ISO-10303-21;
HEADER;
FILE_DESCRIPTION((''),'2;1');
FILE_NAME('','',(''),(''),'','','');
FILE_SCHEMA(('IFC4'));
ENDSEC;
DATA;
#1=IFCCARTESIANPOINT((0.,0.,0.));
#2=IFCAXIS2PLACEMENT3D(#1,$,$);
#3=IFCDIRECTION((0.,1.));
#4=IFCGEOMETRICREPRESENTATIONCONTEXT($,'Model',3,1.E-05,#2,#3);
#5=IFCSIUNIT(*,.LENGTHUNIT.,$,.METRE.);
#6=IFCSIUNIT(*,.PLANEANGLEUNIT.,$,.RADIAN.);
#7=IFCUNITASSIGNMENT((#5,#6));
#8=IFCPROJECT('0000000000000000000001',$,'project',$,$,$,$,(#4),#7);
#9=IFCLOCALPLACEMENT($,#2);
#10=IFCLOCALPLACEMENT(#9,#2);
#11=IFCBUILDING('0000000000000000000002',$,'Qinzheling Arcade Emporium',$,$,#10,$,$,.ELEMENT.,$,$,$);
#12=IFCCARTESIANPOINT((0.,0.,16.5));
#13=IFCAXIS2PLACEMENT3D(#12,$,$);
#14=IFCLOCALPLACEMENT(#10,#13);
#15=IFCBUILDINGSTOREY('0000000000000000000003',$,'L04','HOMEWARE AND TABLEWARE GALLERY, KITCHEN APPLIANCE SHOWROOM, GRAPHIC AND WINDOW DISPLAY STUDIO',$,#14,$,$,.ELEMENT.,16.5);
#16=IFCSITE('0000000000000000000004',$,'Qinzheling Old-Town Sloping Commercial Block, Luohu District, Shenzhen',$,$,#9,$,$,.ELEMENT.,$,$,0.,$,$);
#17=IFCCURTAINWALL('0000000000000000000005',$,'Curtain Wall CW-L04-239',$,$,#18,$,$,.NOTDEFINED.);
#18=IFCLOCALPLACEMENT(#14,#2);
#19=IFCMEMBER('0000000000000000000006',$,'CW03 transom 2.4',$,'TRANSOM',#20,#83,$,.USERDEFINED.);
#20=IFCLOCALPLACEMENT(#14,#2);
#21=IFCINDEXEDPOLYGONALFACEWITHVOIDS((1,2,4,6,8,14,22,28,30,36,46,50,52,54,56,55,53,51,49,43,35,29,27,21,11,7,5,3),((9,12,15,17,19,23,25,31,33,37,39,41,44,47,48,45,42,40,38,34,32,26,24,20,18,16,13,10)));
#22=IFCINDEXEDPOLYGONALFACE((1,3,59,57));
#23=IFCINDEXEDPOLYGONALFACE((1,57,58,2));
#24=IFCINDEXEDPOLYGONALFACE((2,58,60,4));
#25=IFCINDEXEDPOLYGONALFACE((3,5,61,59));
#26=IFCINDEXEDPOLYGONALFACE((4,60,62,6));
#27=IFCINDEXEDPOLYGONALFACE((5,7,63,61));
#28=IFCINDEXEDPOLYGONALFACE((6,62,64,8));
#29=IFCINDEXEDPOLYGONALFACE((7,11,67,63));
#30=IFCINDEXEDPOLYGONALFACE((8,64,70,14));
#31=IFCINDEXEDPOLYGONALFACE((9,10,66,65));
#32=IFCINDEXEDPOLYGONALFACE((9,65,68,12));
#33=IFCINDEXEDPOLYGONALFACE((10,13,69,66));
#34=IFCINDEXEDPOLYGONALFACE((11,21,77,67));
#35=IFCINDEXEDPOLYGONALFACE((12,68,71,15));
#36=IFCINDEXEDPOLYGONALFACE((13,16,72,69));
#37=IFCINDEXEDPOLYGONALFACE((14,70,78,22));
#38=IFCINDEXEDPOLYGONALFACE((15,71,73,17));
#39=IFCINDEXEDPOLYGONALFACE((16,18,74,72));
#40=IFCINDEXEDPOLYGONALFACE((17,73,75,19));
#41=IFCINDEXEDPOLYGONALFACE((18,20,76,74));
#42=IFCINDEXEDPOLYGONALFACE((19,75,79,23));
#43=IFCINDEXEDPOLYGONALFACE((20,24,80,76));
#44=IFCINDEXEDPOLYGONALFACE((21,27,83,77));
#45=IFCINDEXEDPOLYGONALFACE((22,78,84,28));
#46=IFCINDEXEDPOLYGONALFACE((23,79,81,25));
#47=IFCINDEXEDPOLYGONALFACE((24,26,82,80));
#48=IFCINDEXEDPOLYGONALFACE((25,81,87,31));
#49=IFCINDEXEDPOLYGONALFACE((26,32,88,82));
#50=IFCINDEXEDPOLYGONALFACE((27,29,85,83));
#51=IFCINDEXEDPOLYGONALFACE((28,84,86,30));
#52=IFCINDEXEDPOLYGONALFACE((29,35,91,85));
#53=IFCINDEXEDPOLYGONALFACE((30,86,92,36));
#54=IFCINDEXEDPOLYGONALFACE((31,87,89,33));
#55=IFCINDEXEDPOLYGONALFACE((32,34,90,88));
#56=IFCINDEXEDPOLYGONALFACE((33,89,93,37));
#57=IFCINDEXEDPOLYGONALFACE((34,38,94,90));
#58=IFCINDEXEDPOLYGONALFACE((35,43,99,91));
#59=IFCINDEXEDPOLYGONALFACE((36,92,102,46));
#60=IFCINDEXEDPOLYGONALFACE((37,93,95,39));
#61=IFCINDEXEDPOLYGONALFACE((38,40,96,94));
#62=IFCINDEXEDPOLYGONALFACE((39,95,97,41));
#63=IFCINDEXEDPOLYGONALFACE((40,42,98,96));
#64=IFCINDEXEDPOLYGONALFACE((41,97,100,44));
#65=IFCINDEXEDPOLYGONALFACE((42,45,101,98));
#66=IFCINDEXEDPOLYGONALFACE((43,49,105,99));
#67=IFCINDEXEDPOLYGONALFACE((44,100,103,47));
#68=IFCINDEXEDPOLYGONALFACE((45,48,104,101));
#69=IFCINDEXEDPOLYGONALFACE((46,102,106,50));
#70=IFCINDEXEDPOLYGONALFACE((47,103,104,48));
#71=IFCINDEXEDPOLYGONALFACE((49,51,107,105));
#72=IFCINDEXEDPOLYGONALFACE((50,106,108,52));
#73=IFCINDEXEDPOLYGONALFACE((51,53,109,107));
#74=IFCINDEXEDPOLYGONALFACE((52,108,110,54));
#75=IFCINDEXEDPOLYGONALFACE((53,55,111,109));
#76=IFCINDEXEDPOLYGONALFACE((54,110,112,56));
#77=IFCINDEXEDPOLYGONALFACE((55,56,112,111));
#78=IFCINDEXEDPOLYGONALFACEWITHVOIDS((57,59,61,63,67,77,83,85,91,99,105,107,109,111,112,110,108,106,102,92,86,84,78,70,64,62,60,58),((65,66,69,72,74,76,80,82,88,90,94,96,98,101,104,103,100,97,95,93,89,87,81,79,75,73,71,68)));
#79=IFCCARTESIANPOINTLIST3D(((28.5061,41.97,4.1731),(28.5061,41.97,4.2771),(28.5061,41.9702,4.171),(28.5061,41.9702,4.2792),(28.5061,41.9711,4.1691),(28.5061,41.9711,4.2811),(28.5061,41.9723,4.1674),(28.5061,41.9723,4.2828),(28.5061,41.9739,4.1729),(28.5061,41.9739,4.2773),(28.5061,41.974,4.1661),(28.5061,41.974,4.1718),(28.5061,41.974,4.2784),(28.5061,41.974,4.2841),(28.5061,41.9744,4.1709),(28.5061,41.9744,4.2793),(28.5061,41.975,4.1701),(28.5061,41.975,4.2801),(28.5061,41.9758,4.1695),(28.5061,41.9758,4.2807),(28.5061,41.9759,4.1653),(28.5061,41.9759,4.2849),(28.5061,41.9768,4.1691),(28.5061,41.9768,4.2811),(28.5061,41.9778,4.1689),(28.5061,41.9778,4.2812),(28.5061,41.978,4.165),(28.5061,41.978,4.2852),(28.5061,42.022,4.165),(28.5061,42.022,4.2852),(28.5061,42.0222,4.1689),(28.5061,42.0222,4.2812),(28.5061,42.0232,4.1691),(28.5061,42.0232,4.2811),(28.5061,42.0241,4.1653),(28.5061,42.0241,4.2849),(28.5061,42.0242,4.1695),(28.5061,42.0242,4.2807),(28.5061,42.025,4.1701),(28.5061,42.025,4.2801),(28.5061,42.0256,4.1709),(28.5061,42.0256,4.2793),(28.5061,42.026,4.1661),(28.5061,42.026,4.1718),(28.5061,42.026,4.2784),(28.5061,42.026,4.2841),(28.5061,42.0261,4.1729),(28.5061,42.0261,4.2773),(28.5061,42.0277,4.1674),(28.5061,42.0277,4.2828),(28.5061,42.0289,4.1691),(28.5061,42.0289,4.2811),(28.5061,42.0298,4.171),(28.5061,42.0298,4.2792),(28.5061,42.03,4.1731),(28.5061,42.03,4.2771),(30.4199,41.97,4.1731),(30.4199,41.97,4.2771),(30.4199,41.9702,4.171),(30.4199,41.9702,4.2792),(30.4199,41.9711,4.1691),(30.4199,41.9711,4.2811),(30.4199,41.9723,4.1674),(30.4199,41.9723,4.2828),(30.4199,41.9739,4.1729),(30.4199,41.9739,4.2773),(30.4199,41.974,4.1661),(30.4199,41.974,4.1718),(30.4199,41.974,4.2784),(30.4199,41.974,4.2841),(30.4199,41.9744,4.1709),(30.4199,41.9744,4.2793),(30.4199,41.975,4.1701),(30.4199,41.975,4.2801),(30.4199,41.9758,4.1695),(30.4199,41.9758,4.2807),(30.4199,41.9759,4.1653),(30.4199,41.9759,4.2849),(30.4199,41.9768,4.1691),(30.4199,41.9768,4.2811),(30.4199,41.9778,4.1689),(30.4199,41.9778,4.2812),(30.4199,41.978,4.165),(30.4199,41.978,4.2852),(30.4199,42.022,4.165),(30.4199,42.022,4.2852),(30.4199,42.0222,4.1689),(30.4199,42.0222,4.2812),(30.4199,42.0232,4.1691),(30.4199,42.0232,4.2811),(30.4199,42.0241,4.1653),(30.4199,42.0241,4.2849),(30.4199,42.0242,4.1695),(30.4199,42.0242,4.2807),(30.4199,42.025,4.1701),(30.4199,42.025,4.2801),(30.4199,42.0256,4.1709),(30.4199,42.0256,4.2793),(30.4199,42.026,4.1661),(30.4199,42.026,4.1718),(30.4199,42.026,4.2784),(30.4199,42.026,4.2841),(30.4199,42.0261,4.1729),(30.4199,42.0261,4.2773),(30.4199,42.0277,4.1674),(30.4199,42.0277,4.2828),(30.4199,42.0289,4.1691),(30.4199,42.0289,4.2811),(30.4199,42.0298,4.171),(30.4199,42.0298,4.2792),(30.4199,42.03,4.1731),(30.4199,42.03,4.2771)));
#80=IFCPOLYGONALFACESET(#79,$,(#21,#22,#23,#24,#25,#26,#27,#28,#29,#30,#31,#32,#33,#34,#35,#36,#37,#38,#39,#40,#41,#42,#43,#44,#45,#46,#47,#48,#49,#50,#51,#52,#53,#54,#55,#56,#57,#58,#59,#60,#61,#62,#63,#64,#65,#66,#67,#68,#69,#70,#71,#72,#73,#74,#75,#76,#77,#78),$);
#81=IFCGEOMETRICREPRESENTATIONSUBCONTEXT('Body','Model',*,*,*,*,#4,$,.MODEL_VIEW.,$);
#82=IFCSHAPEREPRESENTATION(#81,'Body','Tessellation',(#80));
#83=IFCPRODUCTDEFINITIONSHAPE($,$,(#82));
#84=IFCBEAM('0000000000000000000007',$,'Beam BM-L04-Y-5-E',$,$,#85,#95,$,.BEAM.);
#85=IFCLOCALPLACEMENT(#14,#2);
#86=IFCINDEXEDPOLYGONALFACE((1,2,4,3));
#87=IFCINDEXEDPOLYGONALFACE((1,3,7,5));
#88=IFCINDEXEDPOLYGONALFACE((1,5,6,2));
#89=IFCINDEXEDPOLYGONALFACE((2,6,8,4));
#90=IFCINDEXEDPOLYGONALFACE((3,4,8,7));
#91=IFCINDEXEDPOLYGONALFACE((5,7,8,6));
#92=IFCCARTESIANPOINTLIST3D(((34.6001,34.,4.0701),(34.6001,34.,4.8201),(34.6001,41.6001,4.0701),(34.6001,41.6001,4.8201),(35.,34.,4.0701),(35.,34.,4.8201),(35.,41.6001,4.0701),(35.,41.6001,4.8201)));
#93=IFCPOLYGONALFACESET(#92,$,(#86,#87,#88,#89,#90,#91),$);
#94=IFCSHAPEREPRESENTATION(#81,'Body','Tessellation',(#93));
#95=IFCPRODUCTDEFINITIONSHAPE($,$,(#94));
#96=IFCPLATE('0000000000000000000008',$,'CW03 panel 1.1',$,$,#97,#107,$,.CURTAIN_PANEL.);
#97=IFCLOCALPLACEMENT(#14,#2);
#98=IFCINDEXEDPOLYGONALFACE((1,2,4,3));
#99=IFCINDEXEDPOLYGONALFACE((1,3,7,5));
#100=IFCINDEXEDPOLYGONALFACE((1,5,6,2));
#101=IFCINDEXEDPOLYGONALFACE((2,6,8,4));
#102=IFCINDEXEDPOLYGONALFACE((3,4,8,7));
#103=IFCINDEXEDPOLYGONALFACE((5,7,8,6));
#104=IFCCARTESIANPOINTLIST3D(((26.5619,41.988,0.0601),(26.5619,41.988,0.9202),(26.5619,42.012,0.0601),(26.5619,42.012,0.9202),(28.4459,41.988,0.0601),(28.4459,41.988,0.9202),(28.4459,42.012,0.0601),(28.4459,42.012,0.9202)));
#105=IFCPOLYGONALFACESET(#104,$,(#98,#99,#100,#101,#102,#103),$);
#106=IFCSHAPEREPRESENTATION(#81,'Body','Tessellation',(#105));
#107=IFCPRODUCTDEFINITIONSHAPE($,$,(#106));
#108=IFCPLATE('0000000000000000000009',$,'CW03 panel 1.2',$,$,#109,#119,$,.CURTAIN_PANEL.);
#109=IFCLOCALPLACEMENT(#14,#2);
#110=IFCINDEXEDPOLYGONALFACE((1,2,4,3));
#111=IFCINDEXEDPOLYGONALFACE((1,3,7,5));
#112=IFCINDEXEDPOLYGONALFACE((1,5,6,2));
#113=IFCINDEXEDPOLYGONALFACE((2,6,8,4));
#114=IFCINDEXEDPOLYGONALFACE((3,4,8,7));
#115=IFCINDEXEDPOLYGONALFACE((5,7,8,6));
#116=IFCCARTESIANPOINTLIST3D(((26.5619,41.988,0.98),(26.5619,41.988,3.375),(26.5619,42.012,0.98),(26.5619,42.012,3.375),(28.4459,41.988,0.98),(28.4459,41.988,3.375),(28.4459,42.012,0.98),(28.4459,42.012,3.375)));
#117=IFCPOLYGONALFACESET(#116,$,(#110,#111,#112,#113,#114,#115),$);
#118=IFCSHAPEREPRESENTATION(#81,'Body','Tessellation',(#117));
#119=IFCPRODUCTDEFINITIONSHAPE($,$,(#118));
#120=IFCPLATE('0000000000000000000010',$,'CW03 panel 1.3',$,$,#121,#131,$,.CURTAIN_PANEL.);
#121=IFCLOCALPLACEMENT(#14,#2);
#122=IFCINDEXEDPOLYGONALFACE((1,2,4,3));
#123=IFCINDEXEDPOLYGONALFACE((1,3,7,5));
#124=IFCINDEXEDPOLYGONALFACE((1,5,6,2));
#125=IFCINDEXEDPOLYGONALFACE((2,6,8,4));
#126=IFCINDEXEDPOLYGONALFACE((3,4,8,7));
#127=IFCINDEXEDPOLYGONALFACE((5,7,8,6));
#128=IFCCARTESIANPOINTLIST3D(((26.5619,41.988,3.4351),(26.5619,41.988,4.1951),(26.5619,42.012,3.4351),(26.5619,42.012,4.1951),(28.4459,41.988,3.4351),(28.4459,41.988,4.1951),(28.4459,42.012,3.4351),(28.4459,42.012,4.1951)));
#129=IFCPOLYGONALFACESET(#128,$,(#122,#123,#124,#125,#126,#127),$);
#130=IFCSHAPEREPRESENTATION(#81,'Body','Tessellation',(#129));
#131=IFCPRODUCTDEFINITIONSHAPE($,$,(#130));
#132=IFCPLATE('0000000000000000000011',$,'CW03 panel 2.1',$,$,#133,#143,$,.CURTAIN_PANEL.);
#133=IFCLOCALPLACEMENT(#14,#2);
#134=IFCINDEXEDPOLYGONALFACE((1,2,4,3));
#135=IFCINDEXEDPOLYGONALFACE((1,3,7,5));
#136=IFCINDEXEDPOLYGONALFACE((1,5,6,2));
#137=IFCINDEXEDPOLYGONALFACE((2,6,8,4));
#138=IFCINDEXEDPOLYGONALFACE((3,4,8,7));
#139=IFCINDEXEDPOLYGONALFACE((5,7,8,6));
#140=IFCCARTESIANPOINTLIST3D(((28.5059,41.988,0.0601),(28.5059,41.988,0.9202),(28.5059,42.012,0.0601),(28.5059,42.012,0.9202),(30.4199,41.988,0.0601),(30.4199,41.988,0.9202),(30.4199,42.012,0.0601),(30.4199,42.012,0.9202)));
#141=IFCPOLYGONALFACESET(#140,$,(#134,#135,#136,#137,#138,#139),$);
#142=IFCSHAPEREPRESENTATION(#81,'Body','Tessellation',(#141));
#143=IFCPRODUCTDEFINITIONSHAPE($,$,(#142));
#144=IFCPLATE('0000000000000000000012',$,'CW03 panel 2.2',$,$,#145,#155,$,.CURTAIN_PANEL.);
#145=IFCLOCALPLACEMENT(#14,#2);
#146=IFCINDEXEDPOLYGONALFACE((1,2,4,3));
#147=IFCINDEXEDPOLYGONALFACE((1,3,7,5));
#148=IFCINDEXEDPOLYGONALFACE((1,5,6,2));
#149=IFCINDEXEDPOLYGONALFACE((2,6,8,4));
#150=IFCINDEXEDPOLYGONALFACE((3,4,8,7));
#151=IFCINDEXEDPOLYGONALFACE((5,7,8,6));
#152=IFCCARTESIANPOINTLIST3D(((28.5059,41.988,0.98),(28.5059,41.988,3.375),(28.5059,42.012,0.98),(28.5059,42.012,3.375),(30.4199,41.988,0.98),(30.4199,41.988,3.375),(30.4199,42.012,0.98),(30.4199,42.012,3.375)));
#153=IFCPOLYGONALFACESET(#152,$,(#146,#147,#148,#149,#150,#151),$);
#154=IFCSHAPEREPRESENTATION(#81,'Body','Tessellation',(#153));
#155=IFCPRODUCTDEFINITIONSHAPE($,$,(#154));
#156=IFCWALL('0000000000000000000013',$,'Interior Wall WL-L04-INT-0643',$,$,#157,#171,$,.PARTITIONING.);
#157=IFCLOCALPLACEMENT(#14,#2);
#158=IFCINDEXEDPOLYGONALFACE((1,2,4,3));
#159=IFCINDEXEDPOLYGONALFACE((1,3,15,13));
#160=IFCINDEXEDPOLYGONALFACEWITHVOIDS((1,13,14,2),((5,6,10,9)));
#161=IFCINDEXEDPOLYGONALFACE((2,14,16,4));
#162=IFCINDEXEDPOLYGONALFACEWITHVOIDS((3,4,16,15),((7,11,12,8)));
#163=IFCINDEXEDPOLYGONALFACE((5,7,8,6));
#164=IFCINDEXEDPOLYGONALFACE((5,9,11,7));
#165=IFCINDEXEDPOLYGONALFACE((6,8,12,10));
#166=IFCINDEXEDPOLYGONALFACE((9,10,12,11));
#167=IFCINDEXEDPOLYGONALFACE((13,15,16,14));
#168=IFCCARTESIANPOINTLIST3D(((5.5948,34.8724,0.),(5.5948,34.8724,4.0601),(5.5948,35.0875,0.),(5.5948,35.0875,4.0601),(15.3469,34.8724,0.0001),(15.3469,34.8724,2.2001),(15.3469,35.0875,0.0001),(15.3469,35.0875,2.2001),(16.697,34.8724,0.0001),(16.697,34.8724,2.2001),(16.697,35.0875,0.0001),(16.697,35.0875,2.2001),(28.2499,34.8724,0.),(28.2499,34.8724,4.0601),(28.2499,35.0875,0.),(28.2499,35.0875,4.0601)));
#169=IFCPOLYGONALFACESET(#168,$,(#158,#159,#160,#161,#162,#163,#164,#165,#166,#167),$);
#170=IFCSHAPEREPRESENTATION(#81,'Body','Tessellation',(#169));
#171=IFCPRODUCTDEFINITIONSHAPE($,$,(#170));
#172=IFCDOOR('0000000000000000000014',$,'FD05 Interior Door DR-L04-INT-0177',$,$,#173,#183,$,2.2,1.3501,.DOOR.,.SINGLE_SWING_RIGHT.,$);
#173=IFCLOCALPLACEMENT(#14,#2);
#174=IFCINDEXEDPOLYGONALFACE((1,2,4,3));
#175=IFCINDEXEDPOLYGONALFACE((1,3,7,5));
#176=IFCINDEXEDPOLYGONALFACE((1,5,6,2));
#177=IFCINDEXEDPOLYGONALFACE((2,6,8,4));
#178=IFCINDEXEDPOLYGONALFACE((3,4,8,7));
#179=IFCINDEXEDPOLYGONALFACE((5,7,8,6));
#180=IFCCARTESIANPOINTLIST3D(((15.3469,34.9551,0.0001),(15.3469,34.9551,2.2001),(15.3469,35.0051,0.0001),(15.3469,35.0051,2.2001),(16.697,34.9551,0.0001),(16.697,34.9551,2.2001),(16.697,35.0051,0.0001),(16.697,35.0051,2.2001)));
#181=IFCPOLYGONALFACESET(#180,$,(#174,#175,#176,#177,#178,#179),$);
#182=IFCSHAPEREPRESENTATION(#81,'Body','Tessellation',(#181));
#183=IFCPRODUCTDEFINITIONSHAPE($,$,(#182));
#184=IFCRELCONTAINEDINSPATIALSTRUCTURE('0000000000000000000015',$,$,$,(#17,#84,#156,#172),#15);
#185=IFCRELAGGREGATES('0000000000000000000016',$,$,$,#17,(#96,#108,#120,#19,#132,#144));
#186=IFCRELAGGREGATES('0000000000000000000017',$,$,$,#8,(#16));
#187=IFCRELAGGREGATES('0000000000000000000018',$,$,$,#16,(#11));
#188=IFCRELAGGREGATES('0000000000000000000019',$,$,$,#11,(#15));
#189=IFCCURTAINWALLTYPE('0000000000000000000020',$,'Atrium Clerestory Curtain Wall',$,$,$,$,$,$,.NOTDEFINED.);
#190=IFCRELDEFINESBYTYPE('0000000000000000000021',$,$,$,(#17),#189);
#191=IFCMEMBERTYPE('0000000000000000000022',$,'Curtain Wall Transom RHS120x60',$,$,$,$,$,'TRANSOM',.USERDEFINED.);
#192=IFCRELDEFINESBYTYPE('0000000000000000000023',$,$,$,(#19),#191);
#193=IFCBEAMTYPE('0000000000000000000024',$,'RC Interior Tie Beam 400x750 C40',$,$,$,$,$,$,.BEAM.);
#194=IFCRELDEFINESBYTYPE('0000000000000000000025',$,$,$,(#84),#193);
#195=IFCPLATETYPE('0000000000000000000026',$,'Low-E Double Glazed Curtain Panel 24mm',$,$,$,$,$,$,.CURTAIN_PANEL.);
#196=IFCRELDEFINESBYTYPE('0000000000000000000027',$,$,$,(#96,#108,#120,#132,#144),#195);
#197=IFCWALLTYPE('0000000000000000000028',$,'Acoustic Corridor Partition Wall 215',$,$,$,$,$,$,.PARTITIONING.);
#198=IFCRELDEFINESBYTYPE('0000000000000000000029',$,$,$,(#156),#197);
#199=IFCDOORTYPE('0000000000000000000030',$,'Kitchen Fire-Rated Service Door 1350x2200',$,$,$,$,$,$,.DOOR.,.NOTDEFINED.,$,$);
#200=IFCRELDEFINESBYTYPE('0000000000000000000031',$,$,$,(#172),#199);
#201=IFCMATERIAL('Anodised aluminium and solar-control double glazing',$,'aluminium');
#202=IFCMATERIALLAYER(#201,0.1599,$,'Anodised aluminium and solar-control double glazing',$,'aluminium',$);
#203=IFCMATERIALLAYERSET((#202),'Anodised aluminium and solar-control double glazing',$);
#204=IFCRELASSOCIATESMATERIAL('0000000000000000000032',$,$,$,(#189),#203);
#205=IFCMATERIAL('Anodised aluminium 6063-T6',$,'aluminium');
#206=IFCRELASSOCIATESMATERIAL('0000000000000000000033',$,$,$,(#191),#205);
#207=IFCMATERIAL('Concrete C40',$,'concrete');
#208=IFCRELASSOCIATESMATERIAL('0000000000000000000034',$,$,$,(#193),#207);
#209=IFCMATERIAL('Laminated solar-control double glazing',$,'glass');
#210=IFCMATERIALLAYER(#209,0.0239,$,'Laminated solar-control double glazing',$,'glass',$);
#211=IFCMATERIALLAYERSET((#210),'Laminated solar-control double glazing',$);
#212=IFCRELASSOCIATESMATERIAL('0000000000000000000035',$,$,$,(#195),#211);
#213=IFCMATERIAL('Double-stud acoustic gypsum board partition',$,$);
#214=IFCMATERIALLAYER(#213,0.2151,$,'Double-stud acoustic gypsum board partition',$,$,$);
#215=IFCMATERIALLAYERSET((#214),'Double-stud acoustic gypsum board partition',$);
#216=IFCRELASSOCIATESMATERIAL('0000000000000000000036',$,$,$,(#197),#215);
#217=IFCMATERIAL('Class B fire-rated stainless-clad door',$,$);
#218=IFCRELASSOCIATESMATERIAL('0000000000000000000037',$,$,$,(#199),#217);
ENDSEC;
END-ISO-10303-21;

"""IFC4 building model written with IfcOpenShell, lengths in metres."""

from ifc_helpers import new_model, si_unit, direction, frame, frame_2d, origin, origin_2d, place, context, subcontext, project, spatial, rectangle, hollow_rectangle, extrude, material, layer, layer_set, material_profile, profile_set, type_object, element, fill, aggregate, save


model = new_model("IFC4")

# Units and contexts
model_context = context("Model", 3, precision=1e-05, world=origin(), true_north=direction((0.0, 1.0)))
body_context = subcontext(model_context, "Body", "Model", "MODEL_VIEW")
ifc_project = project(units=[si_unit("LENGTHUNIT", "METRE"), si_unit("PLANEANGLEUNIT", "RADIAN")], contexts=[model_context])

# Site, building, storey
site_placement = place(None, origin())
site = spatial("IfcSite", under=ifc_project, at=site_placement, Name="Qinzheling Old-Town Sloping Commercial Block, Luohu District, Shenzhen", CompositionType="ELEMENT", RefElevation=0.0)
building_placement = place(site_placement, origin())
building = spatial("IfcBuilding", under=site, at=building_placement, Name="Qinzheling Arcade Emporium", CompositionType="ELEMENT")
storey_placement = place(building_placement, frame((0.0, 0.0, 16.5)))
storey = spatial("IfcBuildingStorey", under=building, at=storey_placement, Name="L04", Description="HOMEWARE AND TABLEWARE GALLERY, KITCHEN APPLIANCE SHOWROOM, GRAPHIC AND WINDOW DISPLAY STUDIO", CompositionType="ELEMENT", Elevation=16.5)

# Shared definitions
ifc_material_1 = material(Name="Concrete C40", Category="concrete")

# Curtain wall, member
ifc_material_2 = material(Name="Anodised aluminium and solar-control double glazing", Category="aluminium")
ifc_layer_1 = layer(ifc_material_2, 0.1599, Name="Anodised aluminium and solar-control double glazing", Category="aluminium")
ifc_layer_set_1 = layer_set([ifc_layer_1], Name="Anodised aluminium and solar-control double glazing")
curtain_wall_type = type_object("IfcCurtainWallType", Name="Atrium Clerestory Curtain Wall", PredefinedType="NOTDEFINED", material=ifc_layer_set_1)
curtain_wall_placement = place(storey_placement, origin())
curtain_wall = element("IfcCurtainWall", 1, at=curtain_wall_placement, inside=storey, type_object=curtain_wall_type, Name="Curtain Wall CW-L04-239", PredefinedType="NOTDEFINED")
ifc_material_3 = material(Name="Anodised aluminium 6063-T6", Category="aluminium")
ifc_material_profile_1 = material_profile(ifc_material_3, hollow_rectangle(XDim=0.0601, YDim=0.1201, WallThickness=0.0039, InnerFilletRadius=0.0039, OuterFilletRadius=0.0081, at=origin_2d()), Name="RHS 120x60x4", Category="aluminium")
ifc_profile_set_1 = profile_set([ifc_material_profile_1], Name="Anodised aluminium 6063-T6")
member_type_1 = type_object("IfcMemberType", Name="Curtain Wall Transom RHS120x60", ElementType="TRANSOM", PredefinedType="USERDEFINED", material=ifc_profile_set_1)
member_1_placement = place(storey_placement, frame((28.5061, 42.0, 4.2251), z_axis=(1.0, 0.0, 0.0), x_axis=(0.0, 1.0, 0.0)))
member_1 = element("IfcMember", 2, at=member_1_placement, type_object=member_type_1, Name="CW03 transom 2.4", ObjectType="TRANSOM", PredefinedType="USERDEFINED", context=body_context, shape_type="SweptSolid", body=[
    extrude(hollow_rectangle(XDim=0.0601, YDim=0.1201, WallThickness=0.0039, InnerFilletRadius=0.0039, OuterFilletRadius=0.0081, at=origin_2d()), origin(), (0.0, 0.0, 1.0), 1.9138),
])

# Beam
ifc_material_profile_2 = material_profile(ifc_material_1, rectangle(XDim=0.3999, YDim=0.75, at=origin_2d()), Name="RC 400x750", Category="concrete")
ifc_profile_set_2 = profile_set([ifc_material_profile_2], Name="Concrete C40")
beam_type = type_object("IfcBeamType", Name="RC Interior Tie Beam 400x750 C40", PredefinedType="BEAM", material=ifc_profile_set_2)
beam_placement = place(storey_placement, frame((34.8, 34.0, 4.4451), z_axis=(0.0, 1.0, 0.0), x_axis=(-1.0, 0.0, 0.0)))
element("IfcBeam", 3, at=beam_placement, inside=storey, type_object=beam_type, Name="Beam BM-L04-Y-5-E", PredefinedType="BEAM", context=body_context, shape_type="SweptSolid", body=[
    extrude(rectangle(XDim=0.3999, YDim=0.75, at=origin_2d()), origin(), (0.0, 0.0, 1.0), 7.6001),
])

# Plates
ifc_material_4 = material(Name="Laminated solar-control double glazing", Category="glass")
ifc_layer_2 = layer(ifc_material_4, 0.0239, Name="Laminated solar-control double glazing", Category="glass")
ifc_layer_set_2 = layer_set([ifc_layer_2], Name="Laminated solar-control double glazing")
plate_type = type_object("IfcPlateType", Name="Low-E Double Glazed Curtain Panel 24mm", PredefinedType="CURTAIN_PANEL", material=ifc_layer_set_2)
plate_1_placement = place(storey_placement, frame((27.5039, 42.0, 0.0601), z_axis=(0.0, 0.0, 1.0), x_axis=(1.0, 0.0, 0.0)))
plate_1 = element("IfcPlate", 4, at=plate_1_placement, type_object=plate_type, Name="CW03 panel 1.1", PredefinedType="CURTAIN_PANEL", context=body_context, shape_type="SweptSolid", body=[
    extrude(rectangle(XDim=1.884, YDim=0.0239, at=origin_2d()), origin(), (0.0, 0.0, 1.0), 0.8601),
])
plate_2_placement = place(storey_placement, frame((27.5039, 42.0, 0.98), z_axis=(0.0, 0.0, 1.0), x_axis=(1.0, 0.0, 0.0)))
plate_2 = element("IfcPlate", 5, at=plate_2_placement, type_object=plate_type, Name="CW03 panel 1.2", PredefinedType="CURTAIN_PANEL", context=body_context, shape_type="SweptSolid", body=[
    extrude(rectangle(XDim=1.884, YDim=0.0239, at=origin_2d()), origin(), (0.0, 0.0, 1.0), 2.395),
])
plate_3_placement = place(storey_placement, frame((27.5039, 42.0, 3.4351), z_axis=(0.0, 0.0, 1.0), x_axis=(1.0, 0.0, 0.0)))
plate_3 = element("IfcPlate", 6, at=plate_3_placement, type_object=plate_type, Name="CW03 panel 1.3", PredefinedType="CURTAIN_PANEL", context=body_context, shape_type="SweptSolid", body=[
    extrude(rectangle(XDim=1.884, YDim=0.0239, at=origin_2d()), origin(), (0.0, 0.0, 1.0), 0.76),
])
plate_4_placement = place(storey_placement, frame((29.4629, 42.0, 0.0601), z_axis=(0.0, 0.0, 1.0), x_axis=(1.0, 0.0, 0.0)))
plate_4 = element("IfcPlate", 7, at=plate_4_placement, type_object=plate_type, Name="CW03 panel 2.1", PredefinedType="CURTAIN_PANEL", context=body_context, shape_type="SweptSolid", body=[
    extrude(rectangle(XDim=1.9141, YDim=0.0239, at=origin_2d()), origin(), (0.0, 0.0, 1.0), 0.8601),
])
plate_5_placement = place(storey_placement, frame((29.4629, 42.0, 0.98), z_axis=(0.0, 0.0, 1.0), x_axis=(1.0, 0.0, 0.0)))
plate_5 = element("IfcPlate", 8, at=plate_5_placement, type_object=plate_type, Name="CW03 panel 2.2", PredefinedType="CURTAIN_PANEL", context=body_context, shape_type="SweptSolid", body=[
    extrude(rectangle(XDim=1.9141, YDim=0.0239, at=origin_2d()), origin(), (0.0, 0.0, 1.0), 2.395),
])
aggregate(curtain_wall, [plate_1, plate_2, plate_3, member_1, plate_4, plate_5])

# Wall, opening, door
ifc_material_5 = material(Name="Double-stud acoustic gypsum board partition")
ifc_layer_3 = layer(ifc_material_5, 0.2151, Name="Double-stud acoustic gypsum board partition")
ifc_layer_set_3 = layer_set([ifc_layer_3], Name="Double-stud acoustic gypsum board partition")
wall_type_1 = type_object("IfcWallType", Name="Acoustic Corridor Partition Wall 215", PredefinedType="PARTITIONING", material=ifc_layer_set_3)
wall_1_placement = place(storey_placement, frame((28.25, 34.98, 0.0), z_axis=(0.0, 0.0, 1.0), x_axis=(-1.0, 0.0, 0.0)))
wall_1 = element("IfcWall", 9, at=wall_1_placement, inside=storey, type_object=wall_type_1, Name="Interior Wall WL-L04-INT-0643", PredefinedType="PARTITIONING", context=body_context, shape_type="SweptSolid", body=[
    extrude(rectangle(XDim=22.655, YDim=0.2151, at=frame_2d((11.3276, 0.0))), origin(), (0.0, 0.0, 1.0), 4.0601),
])
opening_1_placement = place(wall_1_placement, frame((11.553, 0.0, 0.0)))
opening_1 = element("IfcOpeningElement", 10, at=opening_1_placement, cuts=wall_1, PredefinedType="OPENING", context=body_context, shape_type="SweptSolid", body=[
    extrude(rectangle(XDim=1.3501, YDim=2.2, at=frame_2d((0.675, 1.1001))), frame((0.0, 0.1177, 0.0), z_axis=(0.0, -1.0, 0.0), x_axis=(1.0, 0.0, 0.0)), (0.0, 0.0, 1.0), 0.2351),
])
ifc_material_6 = material(Name="Class B fire-rated stainless-clad door")
door_type_1 = type_object("IfcDoorType", Name="Kitchen Fire-Rated Service Door 1350x2200", OperationType="NOTDEFINED", PredefinedType="DOOR", material=ifc_material_6)
door_1_placement = place(opening_1_placement, origin())
door_1 = element("IfcDoor", 11, at=door_1_placement, inside=storey, type_object=door_type_1, Name="FD05 Interior Door DR-L04-INT-0177", OperationType="SINGLE_SWING_RIGHT", OverallHeight=2.2, OverallWidth=1.3501, PredefinedType="DOOR", context=body_context, shape_type="SweptSolid", body=[
    extrude(rectangle(XDim=1.3501, YDim=2.2, at=frame_2d((0.675, 1.1001))), frame((0.0, 0.0249, 0.0), z_axis=(0.0, -1.0, 0.0), x_axis=(1.0, 0.0, 0.0)), (0.0, 0.0, 1.0), 0.05),
])
fill(opening_1, door_1)

save(model, "model.ifc")
